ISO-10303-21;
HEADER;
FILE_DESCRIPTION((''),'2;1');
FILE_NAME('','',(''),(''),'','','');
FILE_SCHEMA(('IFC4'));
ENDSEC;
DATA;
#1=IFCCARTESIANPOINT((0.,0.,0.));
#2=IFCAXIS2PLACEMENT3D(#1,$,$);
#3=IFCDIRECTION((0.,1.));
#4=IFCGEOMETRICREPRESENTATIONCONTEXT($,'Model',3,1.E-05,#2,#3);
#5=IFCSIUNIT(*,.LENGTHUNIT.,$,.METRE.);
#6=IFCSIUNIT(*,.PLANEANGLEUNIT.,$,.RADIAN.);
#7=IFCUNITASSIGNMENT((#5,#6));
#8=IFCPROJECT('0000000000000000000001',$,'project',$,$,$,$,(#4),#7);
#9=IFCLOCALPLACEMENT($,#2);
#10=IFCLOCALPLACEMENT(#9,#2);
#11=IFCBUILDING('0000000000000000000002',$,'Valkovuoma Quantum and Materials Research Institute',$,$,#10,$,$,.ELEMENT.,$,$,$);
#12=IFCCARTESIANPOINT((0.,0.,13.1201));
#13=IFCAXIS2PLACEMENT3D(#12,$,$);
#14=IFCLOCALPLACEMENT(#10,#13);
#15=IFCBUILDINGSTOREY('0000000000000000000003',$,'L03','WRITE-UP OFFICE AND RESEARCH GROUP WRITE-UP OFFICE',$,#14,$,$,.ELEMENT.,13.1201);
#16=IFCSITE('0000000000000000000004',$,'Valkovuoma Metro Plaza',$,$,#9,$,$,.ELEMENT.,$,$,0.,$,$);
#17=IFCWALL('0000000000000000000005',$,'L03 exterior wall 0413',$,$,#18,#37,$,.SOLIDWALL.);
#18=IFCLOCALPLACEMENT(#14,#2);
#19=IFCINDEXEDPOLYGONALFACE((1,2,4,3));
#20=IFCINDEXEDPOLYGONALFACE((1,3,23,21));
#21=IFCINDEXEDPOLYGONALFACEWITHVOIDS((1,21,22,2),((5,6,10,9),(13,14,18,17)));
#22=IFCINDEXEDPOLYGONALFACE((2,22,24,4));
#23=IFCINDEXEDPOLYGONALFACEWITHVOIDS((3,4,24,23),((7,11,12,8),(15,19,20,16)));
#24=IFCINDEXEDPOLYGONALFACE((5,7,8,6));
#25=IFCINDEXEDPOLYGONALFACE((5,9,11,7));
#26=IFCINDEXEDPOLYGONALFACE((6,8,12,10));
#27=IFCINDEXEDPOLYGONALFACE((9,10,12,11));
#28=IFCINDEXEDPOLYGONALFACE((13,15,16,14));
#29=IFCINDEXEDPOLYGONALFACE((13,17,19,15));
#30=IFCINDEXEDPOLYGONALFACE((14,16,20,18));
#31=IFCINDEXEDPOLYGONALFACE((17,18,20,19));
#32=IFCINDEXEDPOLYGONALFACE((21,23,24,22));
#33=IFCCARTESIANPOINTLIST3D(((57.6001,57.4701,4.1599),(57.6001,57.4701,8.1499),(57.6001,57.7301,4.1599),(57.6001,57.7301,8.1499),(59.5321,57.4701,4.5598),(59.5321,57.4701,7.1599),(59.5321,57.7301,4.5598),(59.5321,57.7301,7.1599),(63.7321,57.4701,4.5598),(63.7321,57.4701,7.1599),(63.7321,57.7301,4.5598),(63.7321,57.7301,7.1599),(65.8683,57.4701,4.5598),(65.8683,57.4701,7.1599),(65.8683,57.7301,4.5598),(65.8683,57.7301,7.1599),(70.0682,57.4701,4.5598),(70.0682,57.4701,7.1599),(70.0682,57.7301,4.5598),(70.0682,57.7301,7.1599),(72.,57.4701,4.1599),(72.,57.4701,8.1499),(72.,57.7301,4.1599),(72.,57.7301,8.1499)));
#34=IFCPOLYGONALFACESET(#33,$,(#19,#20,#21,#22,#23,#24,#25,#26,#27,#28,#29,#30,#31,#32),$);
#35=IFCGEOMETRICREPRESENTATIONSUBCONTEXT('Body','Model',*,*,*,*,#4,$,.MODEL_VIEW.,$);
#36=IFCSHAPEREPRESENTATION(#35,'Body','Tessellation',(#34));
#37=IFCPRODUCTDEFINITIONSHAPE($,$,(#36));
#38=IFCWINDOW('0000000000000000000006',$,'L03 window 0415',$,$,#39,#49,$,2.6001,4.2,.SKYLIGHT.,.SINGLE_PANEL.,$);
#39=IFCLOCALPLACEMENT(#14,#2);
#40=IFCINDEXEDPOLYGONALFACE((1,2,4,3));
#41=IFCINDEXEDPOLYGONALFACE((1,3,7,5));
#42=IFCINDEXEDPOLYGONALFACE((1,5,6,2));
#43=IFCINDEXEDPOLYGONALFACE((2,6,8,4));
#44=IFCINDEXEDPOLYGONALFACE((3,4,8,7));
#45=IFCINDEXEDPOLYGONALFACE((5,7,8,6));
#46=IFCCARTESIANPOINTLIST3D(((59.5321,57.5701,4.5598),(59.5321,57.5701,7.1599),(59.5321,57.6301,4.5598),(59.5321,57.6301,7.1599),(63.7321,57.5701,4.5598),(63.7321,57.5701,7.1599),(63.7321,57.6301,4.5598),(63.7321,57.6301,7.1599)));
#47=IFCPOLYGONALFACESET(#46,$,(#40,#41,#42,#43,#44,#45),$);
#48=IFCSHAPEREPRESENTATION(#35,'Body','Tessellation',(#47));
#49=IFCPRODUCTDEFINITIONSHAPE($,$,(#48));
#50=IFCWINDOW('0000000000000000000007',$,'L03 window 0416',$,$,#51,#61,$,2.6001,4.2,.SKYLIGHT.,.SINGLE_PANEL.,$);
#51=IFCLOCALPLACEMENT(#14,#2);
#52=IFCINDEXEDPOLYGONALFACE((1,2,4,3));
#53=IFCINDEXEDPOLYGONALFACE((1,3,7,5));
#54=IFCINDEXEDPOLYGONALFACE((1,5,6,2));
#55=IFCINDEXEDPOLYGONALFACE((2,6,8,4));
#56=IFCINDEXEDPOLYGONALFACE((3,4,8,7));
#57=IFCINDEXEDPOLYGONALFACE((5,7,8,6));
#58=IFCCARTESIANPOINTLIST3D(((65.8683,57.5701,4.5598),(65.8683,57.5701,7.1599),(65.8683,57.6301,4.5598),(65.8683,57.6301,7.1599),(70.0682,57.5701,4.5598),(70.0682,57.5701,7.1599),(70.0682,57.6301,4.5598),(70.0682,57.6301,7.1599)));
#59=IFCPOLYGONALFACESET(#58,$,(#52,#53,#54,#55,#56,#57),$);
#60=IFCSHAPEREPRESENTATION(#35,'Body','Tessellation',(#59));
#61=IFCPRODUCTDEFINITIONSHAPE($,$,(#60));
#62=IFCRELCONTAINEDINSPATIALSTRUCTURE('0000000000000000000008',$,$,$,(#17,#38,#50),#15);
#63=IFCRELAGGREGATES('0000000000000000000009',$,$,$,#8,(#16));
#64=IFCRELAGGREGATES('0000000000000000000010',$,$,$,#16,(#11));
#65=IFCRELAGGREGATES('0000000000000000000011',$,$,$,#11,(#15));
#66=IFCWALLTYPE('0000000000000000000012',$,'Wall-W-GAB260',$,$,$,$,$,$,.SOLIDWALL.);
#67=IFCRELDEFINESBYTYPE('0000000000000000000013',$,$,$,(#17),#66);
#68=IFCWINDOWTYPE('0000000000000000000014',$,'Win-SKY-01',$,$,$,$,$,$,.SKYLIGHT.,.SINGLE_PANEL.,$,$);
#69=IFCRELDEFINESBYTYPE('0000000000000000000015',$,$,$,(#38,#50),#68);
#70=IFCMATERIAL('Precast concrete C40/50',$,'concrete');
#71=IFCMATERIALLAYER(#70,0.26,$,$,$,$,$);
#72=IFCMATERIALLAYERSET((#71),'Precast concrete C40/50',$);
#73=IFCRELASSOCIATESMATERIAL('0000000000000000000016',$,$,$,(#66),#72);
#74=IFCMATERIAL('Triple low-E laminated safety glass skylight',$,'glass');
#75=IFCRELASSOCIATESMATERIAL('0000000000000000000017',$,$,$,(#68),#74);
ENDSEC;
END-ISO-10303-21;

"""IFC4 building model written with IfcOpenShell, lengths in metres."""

from ifc_helpers import new_model, si_unit, direction, frame, frame_2d, origin, place, context, subcontext, project, spatial, rectangle, extrude, material, layer, layer_set, type_object, element, fill, save


model = new_model("IFC4")

# Units and contexts
model_context = context("Model", 3, precision=1e-05, world=origin(), true_north=direction((0.0, 1.0)))
body_context = subcontext(model_context, "Body", "Model", "MODEL_VIEW")
ifc_project = project(units=[si_unit("LENGTHUNIT", "METRE"), si_unit("PLANEANGLEUNIT", "RADIAN")], contexts=[model_context])

# Site, building, storey
site_placement = place(None, origin())
site = spatial("IfcSite", under=ifc_project, at=site_placement, Name="Valkovuoma Metro Plaza", CompositionType="ELEMENT", RefElevation=0.0)
building_placement = place(site_placement, origin())
building = spatial("IfcBuilding", under=site, at=building_placement, Name="Valkovuoma Quantum and Materials Research Institute", CompositionType="ELEMENT")
storey_placement = place(building_placement, frame((0.0, 0.0, 13.1201)))
storey = spatial("IfcBuildingStorey", under=building, at=storey_placement, Name="L03", Description="WRITE-UP OFFICE AND RESEARCH GROUP WRITE-UP OFFICE", CompositionType="ELEMENT", Elevation=13.1201)

# Wall, openings, windows
ifc_material_1 = material(Name="Precast concrete C40/50", Category="concrete")
ifc_layer_1 = layer(ifc_material_1, 0.26)
ifc_layer_set_1 = layer_set([ifc_layer_1], Name="Precast concrete C40/50")
wall_type = type_object("IfcWallType", Name="Wall-W-GAB260", PredefinedType="SOLIDWALL", material=ifc_layer_set_1)
wall_1_placement = place(storey_placement, frame((57.6001, 57.6001, 4.1599), z_axis=(0.0, 0.0, 1.0), x_axis=(1.0, 0.0, 0.0)))
wall_1 = element("IfcWall", 1, at=wall_1_placement, inside=storey, type_object=wall_type, Name="L03 exterior wall 0413", PredefinedType="SOLIDWALL", context=body_context, shape_type="SweptSolid", body=[
    extrude(rectangle(XDim=14.3999, YDim=0.26, at=frame_2d((7.2, 0.0))), origin(), (0.0, 0.0, 1.0), 3.99),
])
opening_1_placement = place(wall_1_placement, frame((1.9319, 0.0, 0.3999)))
opening_1 = element("IfcOpeningElement", 2, at=opening_1_placement, cuts=wall_1, PredefinedType="OPENING", context=body_context, shape_type="SweptSolid", body=[
    extrude(rectangle(XDim=4.2, YDim=2.6001, at=frame_2d((2.1001, 1.3))), frame((0.0, 0.1401, 0.0), z_axis=(0.0, -1.0, 0.0), x_axis=(1.0, 0.0, 0.0)), (0.0, 0.0, 1.0), 0.28),
])
opening_2_placement = place(wall_1_placement, frame((8.2681, 0.0, 0.3999)))
opening_2 = element("IfcOpeningElement", 3, at=opening_2_placement, cuts=wall_1, PredefinedType="OPENING", context=body_context, shape_type="SweptSolid", body=[
    extrude(rectangle(XDim=4.2, YDim=2.6001, at=frame_2d((2.1001, 1.3))), frame((0.0, 0.1401, 0.0), z_axis=(0.0, -1.0, 0.0), x_axis=(1.0, 0.0, 0.0)), (0.0, 0.0, 1.0), 0.28),
])
ifc_material_2 = material(Name="Triple low-E laminated safety glass skylight", Category="glass")
window_type_1 = type_object("IfcWindowType", Name="Win-SKY-01", PartitioningType="SINGLE_PANEL", PredefinedType="SKYLIGHT", material=ifc_material_2)
window_1_placement = place(opening_1_placement, origin())
window_1 = element("IfcWindow", 4, at=window_1_placement, inside=storey, type_object=window_type_1, Name="L03 window 0415", OverallHeight=2.6001, OverallWidth=4.2, PartitioningType="SINGLE_PANEL", PredefinedType="SKYLIGHT", context=body_context, shape_type="SweptSolid", body=[
    extrude(rectangle(XDim=4.2, YDim=2.6001, at=frame_2d((2.1001, 1.3))), frame((0.0, 0.03, 0.0), z_axis=(0.0, -1.0, 0.0), x_axis=(1.0, 0.0, 0.0)), (0.0, 0.0, 1.0), 0.0601),
])
fill(opening_1, window_1)
window_2_placement = place(opening_2_placement, origin())
window_2 = element("IfcWindow", 5, at=window_2_placement, inside=storey, type_object=window_type_1, Name="L03 window 0416", OverallHeight=2.6001, OverallWidth=4.2, PartitioningType="SINGLE_PANEL", PredefinedType="SKYLIGHT", context=body_context, shape_type="SweptSolid", body=[
    extrude(rectangle(XDim=4.2, YDim=2.6001, at=frame_2d((2.1001, 1.3))), frame((0.0, 0.03, 0.0), z_axis=(0.0, -1.0, 0.0), x_axis=(1.0, 0.0, 0.0)), (0.0, 0.0, 1.0), 0.0601),
])
fill(opening_2, window_2)

save(model, "model.ifc")
